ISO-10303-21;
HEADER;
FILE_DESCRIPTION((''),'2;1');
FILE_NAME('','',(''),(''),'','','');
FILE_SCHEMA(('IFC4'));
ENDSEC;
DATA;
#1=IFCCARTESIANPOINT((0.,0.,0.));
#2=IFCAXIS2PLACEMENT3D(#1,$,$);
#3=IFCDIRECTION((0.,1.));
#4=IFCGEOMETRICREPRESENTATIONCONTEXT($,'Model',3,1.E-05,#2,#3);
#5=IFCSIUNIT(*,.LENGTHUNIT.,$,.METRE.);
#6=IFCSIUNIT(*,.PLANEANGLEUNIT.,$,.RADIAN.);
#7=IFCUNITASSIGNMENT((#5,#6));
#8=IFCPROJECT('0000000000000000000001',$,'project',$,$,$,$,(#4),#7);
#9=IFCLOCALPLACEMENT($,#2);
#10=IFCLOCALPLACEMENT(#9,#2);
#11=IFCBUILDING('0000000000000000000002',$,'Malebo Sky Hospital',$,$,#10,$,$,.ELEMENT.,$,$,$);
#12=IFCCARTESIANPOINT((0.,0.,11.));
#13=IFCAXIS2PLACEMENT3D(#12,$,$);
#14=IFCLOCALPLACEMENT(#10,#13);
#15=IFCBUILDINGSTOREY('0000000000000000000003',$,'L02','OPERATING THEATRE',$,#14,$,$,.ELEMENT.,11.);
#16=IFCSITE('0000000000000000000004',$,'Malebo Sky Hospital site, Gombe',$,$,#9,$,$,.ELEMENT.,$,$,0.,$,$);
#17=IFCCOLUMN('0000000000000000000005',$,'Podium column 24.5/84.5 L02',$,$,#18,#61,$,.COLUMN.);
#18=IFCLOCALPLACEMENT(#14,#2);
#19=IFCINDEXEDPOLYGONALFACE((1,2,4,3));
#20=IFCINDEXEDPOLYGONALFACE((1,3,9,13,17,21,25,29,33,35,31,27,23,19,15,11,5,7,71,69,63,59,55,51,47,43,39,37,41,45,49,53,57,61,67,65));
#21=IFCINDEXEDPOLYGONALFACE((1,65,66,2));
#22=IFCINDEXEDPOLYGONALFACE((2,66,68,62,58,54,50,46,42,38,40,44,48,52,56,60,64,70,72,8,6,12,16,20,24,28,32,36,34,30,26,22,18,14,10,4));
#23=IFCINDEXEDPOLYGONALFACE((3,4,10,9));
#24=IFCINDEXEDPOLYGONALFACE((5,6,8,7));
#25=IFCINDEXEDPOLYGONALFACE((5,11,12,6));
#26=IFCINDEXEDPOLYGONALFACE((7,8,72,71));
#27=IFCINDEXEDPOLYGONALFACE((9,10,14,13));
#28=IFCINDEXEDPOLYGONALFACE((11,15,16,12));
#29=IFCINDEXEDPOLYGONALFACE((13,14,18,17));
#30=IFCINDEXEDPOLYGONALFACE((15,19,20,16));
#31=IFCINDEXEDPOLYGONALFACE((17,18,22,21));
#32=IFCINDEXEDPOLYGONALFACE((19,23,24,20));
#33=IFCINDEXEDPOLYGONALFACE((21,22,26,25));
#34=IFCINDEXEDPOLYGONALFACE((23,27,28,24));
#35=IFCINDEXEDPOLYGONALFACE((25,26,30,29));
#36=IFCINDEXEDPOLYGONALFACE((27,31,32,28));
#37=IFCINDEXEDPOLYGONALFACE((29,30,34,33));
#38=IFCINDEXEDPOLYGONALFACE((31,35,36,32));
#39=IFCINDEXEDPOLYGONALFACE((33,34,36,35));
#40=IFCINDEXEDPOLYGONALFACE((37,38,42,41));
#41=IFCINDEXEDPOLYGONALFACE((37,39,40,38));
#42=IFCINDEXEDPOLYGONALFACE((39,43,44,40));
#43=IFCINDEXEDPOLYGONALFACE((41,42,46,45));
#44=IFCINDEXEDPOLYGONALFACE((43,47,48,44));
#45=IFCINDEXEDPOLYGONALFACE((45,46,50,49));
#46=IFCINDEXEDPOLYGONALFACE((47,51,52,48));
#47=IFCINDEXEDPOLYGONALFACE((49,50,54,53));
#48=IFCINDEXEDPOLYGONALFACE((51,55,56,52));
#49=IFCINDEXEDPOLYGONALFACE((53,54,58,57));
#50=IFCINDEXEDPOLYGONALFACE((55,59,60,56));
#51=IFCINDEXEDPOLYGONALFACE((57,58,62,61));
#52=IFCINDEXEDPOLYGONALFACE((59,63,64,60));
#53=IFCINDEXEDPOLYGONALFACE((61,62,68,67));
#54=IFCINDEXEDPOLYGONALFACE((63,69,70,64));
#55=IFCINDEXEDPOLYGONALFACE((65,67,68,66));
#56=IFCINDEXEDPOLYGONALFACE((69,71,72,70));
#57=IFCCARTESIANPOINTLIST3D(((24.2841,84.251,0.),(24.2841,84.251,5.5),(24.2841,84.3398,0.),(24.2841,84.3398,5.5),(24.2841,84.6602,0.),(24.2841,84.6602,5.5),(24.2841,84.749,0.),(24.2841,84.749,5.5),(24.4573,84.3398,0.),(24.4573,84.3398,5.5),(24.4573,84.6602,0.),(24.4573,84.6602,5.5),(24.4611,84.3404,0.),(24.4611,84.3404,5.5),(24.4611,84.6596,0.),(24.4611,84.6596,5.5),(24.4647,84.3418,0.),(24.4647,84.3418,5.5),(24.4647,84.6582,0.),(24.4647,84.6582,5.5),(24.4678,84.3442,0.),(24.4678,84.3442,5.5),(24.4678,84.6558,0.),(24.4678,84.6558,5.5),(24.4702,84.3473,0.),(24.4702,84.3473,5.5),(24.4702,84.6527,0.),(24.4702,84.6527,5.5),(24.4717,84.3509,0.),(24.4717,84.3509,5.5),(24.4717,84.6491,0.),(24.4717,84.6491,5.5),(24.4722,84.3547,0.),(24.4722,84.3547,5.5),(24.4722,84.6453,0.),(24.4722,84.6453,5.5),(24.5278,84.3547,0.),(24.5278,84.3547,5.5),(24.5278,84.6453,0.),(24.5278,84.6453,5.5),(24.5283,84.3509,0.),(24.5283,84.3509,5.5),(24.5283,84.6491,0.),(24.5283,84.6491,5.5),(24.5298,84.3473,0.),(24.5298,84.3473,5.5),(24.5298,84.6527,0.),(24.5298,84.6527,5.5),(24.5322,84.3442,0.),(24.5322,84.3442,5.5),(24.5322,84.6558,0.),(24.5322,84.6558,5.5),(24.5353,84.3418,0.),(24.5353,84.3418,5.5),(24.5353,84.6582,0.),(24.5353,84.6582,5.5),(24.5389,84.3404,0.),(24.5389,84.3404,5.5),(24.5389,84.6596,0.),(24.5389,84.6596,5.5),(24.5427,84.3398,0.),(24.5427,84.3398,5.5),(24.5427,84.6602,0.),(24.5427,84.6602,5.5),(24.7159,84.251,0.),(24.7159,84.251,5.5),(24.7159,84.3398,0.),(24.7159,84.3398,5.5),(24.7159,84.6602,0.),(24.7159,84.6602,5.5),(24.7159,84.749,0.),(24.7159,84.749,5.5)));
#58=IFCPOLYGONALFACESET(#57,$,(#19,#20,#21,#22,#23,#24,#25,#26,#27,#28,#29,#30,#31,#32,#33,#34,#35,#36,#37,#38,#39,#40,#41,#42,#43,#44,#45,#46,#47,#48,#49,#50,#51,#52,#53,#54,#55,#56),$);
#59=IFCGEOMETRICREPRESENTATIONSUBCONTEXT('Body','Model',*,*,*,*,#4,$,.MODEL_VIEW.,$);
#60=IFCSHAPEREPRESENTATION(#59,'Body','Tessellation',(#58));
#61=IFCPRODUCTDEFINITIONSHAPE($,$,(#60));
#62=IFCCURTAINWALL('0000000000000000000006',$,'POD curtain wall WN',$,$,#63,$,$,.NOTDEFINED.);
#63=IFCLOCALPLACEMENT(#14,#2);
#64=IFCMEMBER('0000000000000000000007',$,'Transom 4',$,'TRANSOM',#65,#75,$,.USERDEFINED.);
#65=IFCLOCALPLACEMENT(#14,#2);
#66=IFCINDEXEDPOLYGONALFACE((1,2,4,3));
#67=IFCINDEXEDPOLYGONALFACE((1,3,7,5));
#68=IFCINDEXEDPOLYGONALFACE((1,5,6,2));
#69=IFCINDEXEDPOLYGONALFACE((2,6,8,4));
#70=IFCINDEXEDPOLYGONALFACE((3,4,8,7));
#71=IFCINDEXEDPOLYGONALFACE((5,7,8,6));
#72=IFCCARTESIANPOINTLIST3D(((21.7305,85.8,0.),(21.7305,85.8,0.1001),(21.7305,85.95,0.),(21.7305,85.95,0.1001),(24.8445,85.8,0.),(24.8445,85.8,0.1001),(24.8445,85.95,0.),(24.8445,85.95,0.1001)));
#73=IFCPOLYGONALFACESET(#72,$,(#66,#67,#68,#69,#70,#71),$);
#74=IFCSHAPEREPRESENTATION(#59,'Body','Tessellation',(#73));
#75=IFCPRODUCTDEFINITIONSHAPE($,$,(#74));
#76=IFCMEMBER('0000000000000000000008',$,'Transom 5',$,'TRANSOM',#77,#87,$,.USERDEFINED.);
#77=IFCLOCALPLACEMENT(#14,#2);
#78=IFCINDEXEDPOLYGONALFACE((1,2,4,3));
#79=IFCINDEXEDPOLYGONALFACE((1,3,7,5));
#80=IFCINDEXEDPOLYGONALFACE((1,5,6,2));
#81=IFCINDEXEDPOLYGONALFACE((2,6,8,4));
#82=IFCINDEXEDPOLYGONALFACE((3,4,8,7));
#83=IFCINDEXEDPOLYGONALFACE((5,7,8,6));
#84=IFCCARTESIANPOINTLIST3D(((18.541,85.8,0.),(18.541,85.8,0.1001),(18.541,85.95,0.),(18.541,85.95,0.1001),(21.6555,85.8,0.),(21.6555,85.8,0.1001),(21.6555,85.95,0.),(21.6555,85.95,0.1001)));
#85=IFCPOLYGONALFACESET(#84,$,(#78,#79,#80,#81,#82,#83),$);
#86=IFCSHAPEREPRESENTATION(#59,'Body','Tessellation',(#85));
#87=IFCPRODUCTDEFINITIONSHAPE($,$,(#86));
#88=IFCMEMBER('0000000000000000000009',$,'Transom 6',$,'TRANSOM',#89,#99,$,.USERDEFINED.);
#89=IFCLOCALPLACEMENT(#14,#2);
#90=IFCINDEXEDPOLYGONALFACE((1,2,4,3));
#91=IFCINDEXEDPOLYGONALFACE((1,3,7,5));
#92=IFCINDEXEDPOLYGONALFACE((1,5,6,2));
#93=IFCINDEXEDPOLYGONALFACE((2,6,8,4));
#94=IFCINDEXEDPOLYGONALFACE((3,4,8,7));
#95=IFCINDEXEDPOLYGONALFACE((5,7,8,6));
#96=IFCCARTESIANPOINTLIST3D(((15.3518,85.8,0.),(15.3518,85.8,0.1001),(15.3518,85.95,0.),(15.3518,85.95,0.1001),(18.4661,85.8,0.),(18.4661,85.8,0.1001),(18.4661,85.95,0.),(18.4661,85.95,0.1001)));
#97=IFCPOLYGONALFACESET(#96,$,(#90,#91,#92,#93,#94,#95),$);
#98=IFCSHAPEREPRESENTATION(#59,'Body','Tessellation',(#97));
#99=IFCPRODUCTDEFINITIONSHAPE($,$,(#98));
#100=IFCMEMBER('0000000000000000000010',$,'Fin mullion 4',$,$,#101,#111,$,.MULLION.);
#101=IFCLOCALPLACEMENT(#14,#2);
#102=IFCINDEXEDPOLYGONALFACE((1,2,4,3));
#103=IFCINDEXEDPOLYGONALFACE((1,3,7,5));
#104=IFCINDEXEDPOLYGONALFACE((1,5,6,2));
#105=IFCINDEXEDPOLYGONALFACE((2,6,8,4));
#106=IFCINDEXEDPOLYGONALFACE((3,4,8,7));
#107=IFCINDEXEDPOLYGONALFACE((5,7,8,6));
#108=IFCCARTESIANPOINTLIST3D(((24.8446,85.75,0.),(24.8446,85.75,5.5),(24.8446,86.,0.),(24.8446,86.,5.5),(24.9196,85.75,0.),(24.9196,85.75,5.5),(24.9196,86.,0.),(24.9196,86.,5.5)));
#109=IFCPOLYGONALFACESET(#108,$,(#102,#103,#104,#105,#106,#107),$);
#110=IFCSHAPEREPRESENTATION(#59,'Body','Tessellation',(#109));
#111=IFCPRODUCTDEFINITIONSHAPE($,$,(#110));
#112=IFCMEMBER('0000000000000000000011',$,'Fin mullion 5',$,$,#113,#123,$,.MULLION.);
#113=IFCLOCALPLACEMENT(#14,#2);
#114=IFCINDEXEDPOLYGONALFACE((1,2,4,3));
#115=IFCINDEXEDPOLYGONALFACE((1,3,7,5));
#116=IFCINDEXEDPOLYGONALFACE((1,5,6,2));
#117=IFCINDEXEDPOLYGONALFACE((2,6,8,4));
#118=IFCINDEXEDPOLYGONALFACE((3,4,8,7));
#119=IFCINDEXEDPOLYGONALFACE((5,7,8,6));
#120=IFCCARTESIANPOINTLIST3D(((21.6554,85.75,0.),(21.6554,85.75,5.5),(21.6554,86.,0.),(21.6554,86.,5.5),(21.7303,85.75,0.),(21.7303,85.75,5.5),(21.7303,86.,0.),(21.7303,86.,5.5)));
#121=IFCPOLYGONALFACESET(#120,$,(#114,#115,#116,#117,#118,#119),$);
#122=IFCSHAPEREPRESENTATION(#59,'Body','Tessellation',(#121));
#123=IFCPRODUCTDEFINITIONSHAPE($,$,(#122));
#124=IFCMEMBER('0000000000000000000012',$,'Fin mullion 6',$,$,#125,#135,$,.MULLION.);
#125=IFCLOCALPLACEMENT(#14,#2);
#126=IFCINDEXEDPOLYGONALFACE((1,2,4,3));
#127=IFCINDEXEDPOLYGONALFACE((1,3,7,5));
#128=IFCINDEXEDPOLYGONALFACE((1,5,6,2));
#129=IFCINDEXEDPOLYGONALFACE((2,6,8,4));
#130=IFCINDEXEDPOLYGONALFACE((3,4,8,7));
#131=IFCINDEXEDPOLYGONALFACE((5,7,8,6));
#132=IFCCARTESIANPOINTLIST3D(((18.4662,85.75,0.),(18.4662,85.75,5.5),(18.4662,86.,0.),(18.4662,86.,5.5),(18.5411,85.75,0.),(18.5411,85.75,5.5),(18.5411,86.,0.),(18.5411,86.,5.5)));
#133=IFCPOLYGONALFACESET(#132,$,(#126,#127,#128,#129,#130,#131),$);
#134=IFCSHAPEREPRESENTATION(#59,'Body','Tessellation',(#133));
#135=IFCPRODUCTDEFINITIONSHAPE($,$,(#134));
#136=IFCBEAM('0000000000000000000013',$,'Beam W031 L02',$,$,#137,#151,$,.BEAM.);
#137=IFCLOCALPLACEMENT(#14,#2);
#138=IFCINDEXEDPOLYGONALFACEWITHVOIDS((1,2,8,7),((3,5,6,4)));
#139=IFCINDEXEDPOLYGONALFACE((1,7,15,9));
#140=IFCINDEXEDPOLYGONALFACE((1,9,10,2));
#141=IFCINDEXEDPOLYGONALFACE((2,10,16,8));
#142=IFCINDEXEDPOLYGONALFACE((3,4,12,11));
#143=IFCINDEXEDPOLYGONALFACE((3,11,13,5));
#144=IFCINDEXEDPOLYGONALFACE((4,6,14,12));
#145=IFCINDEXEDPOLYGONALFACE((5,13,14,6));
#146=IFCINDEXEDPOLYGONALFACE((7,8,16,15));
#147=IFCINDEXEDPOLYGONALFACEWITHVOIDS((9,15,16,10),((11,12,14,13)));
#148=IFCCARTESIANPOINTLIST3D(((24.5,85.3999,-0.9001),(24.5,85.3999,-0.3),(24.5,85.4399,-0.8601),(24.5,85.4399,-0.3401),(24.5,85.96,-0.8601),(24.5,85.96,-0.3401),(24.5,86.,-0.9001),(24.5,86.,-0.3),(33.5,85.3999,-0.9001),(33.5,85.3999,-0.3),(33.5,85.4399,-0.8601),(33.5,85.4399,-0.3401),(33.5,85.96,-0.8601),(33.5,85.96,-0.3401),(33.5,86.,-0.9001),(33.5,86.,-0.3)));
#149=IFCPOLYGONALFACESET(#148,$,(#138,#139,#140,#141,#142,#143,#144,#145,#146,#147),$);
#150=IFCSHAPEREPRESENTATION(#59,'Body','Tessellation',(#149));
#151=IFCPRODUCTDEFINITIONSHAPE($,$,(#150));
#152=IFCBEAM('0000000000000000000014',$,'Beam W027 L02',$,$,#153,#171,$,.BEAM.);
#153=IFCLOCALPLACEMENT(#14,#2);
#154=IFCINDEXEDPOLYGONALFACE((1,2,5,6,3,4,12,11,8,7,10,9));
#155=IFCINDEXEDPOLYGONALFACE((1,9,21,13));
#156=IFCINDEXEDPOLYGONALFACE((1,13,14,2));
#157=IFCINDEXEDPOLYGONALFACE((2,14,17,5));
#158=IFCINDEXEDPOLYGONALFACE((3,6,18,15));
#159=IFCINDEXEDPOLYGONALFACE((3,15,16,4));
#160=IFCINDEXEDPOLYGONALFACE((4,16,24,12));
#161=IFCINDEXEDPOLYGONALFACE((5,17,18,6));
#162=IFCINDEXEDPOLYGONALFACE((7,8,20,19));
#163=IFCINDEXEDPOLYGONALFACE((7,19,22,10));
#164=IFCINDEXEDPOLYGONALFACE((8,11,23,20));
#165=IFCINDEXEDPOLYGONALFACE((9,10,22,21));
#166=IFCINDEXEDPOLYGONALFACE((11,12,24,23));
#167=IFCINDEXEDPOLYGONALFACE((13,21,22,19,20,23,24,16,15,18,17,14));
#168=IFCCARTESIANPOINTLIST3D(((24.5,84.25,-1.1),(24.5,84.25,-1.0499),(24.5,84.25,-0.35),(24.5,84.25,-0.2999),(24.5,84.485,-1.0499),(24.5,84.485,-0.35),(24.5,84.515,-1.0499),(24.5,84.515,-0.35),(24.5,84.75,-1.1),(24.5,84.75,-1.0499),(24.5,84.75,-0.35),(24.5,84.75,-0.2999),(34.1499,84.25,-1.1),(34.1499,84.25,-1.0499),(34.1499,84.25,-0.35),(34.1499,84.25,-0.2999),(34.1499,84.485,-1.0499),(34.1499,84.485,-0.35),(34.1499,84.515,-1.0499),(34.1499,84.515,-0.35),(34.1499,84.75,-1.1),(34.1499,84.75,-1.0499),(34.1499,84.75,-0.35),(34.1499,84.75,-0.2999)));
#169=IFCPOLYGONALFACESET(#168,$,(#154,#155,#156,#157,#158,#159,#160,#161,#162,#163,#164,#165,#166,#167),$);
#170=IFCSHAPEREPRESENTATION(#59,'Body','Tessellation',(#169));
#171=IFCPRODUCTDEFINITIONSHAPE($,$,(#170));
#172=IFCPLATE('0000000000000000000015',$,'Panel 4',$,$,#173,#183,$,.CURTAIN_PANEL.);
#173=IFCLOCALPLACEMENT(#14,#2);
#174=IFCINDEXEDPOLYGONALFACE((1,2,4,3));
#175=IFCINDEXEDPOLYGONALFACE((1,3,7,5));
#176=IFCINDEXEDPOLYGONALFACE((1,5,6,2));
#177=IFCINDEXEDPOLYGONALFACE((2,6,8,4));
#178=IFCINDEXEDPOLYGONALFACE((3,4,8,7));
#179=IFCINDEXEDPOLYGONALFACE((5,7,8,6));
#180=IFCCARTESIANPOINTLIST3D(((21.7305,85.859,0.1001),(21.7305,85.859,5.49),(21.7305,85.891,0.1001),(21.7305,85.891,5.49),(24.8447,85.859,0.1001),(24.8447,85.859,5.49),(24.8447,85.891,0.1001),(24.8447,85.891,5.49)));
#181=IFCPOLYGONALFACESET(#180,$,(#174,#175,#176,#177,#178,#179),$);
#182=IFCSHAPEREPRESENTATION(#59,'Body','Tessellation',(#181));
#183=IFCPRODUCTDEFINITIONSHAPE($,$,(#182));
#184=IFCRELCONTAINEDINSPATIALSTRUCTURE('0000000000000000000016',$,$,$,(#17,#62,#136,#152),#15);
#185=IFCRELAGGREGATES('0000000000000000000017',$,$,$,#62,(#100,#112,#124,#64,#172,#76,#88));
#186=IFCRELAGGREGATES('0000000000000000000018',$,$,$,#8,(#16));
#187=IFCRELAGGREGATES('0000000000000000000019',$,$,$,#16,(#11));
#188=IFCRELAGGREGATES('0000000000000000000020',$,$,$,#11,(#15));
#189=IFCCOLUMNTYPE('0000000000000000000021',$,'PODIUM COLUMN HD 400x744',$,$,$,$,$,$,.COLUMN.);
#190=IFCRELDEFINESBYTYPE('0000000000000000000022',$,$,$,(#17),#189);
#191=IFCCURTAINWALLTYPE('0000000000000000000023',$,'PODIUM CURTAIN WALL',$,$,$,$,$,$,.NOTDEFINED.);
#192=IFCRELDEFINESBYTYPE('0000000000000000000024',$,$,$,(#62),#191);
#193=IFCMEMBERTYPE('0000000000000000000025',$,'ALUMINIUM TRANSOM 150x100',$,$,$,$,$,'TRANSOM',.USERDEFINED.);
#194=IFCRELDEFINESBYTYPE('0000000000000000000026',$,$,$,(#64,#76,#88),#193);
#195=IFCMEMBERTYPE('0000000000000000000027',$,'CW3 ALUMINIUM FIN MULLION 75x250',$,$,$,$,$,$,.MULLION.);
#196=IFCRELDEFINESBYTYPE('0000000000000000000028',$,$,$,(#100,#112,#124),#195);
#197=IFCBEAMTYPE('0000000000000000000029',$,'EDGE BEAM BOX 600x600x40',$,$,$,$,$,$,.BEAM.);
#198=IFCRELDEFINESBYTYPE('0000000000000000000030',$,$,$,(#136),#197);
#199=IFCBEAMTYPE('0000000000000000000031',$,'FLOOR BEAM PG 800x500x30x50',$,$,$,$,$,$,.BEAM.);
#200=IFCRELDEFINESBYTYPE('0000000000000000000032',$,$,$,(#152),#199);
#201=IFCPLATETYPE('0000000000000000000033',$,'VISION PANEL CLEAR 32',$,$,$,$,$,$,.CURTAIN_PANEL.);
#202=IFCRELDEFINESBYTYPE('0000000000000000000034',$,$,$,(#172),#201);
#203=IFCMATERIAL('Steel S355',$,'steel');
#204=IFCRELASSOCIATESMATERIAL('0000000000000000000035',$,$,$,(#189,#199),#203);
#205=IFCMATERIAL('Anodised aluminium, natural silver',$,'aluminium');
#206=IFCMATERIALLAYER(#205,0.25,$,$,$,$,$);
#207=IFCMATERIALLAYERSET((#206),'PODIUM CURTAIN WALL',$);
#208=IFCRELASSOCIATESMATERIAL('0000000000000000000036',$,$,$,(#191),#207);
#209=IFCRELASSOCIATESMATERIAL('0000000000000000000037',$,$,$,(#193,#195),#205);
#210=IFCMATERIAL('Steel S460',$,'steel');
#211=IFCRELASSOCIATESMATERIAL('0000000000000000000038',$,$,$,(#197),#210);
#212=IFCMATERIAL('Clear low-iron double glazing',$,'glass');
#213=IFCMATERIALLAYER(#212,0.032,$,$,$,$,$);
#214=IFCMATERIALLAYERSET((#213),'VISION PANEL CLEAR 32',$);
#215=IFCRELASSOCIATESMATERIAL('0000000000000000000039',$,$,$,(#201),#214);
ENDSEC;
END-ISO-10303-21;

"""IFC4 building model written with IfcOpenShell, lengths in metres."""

from ifc_helpers import new_model, si_unit, direction, frame, origin, origin_2d, place, context, subcontext, project, spatial, rectangle, hollow_rectangle, i_section, extrude, material, layer, layer_set, material_profile, profile_set, type_object, element, aggregate, save


model = new_model("IFC4")

# Units and contexts
model_context = context("Model", 3, precision=1e-05, world=origin(), true_north=direction((0.0, 1.0)))
body_context = subcontext(model_context, "Body", "Model", "MODEL_VIEW")
ifc_project = project(units=[si_unit("LENGTHUNIT", "METRE"), si_unit("PLANEANGLEUNIT", "RADIAN")], contexts=[model_context])

# Site, building, storey
site_placement = place(None, origin())
site = spatial("IfcSite", under=ifc_project, at=site_placement, Name="Malebo Sky Hospital site, Gombe", CompositionType="ELEMENT", RefElevation=0.0)
building_placement = place(site_placement, origin())
building = spatial("IfcBuilding", under=site, at=building_placement, Name="Malebo Sky Hospital", CompositionType="ELEMENT")
storey_placement = place(building_placement, frame((0.0, 0.0, 11.0)))
storey = spatial("IfcBuildingStorey", under=building, at=storey_placement, Name="L02", Description="OPERATING THEATRE", CompositionType="ELEMENT", Elevation=11.0)

# Column
ifc_material_1 = material(Name="Steel S355", Category="steel")
ifc_material_profile_1 = material_profile(ifc_material_1, i_section(OverallWidth=0.4319, OverallDepth=0.498, WebThickness=0.0557, FlangeThickness=0.0889, FilletRadius=0.0149, at=origin_2d()), Name="HD 400x744")
ifc_profile_set_1 = profile_set([ifc_material_profile_1], Name="Steel S355")
column_type = type_object("IfcColumnType", Name="PODIUM COLUMN HD 400x744", PredefinedType="COLUMN", material=ifc_profile_set_1)
column_placement = place(storey_placement, frame((24.5, 84.5, 0.0), z_axis=(0.0, 0.0, 1.0), x_axis=(1.0, 0.0, 0.0)))
element("IfcColumn", 1, at=column_placement, inside=storey, type_object=column_type, Name="Podium column 24.5/84.5 L02", PredefinedType="COLUMN", context=body_context, shape_type="SweptSolid", body=[
    extrude(i_section(OverallWidth=0.4319, OverallDepth=0.498, WebThickness=0.0557, FlangeThickness=0.0889, FilletRadius=0.0149, at=origin_2d()), origin(), (0.0, 0.0, 1.0), 5.5),
])

# Curtain wall, members
ifc_material_2 = material(Name="Anodised aluminium, natural silver", Category="aluminium")
ifc_layer_1 = layer(ifc_material_2, 0.25)
ifc_layer_set_1 = layer_set([ifc_layer_1], Name="PODIUM CURTAIN WALL")
curtain_wall_type = type_object("IfcCurtainWallType", Name="PODIUM CURTAIN WALL", PredefinedType="NOTDEFINED", material=ifc_layer_set_1)
curtain_wall_placement = place(storey_placement, origin())
curtain_wall = element("IfcCurtainWall", 2, at=curtain_wall_placement, inside=storey, type_object=curtain_wall_type, Name="POD curtain wall WN", PredefinedType="NOTDEFINED")
ifc_material_profile_2 = material_profile(ifc_material_2, rectangle(XDim=0.1499, YDim=0.1001, at=origin_2d()), Name="ALUMINIUM TRANSOM 150x100")
ifc_profile_set_2 = profile_set([ifc_material_profile_2], Name="Anodised aluminium, natural silver")
member_type_1 = type_object("IfcMemberType", Name="ALUMINIUM TRANSOM 150x100", ElementType="TRANSOM", PredefinedType="USERDEFINED", material=ifc_profile_set_2)
member_1_placement = place(storey_placement, frame((24.8445, 85.875, 0.05), z_axis=(-1.0, 0.0, 0.0), x_axis=(0.0, -1.0, 0.0)))
member_1 = element("IfcMember", 3, at=member_1_placement, type_object=member_type_1, Name="Transom 4", ObjectType="TRANSOM", PredefinedType="USERDEFINED", context=body_context, shape_type="SweptSolid", body=[
    extrude(rectangle(XDim=0.1499, YDim=0.1001, at=origin_2d()), origin(), (0.0, 0.0, 1.0), 3.114),
])
member_2_placement = place(storey_placement, frame((21.6555, 85.875, 0.05), z_axis=(-1.0, 0.0, 0.0), x_axis=(0.0, -1.0, 0.0)))
member_2 = element("IfcMember", 4, at=member_2_placement, type_object=member_type_1, Name="Transom 5", ObjectType="TRANSOM", PredefinedType="USERDEFINED", context=body_context, shape_type="SweptSolid", body=[
    extrude(rectangle(XDim=0.1499, YDim=0.1001, at=origin_2d()), origin(), (0.0, 0.0, 1.0), 3.1145),
])
member_3_placement = place(storey_placement, frame((18.4661, 85.875, 0.05), z_axis=(-1.0, 0.0, 0.0), x_axis=(0.0, -1.0, 0.0)))
member_3 = element("IfcMember", 5, at=member_3_placement, type_object=member_type_1, Name="Transom 6", ObjectType="TRANSOM", PredefinedType="USERDEFINED", context=body_context, shape_type="SweptSolid", body=[
    extrude(rectangle(XDim=0.1499, YDim=0.1001, at=origin_2d()), origin(), (0.0, 0.0, 1.0), 3.1143),
])
ifc_material_profile_3 = material_profile(ifc_material_2, rectangle(XDim=0.075, YDim=0.25, at=origin_2d()), Name="CW3 ALUMINIUM FIN MULLION 75x250")
ifc_profile_set_3 = profile_set([ifc_material_profile_3], Name="Anodised aluminium, natural silver")
member_type_2 = type_object("IfcMemberType", Name="CW3 ALUMINIUM FIN MULLION 75x250", PredefinedType="MULLION", material=ifc_profile_set_3)
member_4_placement = place(storey_placement, frame((24.8821, 85.875, 0.0), z_axis=(0.0, 0.0, 1.0), x_axis=(-1.0, 0.0, 0.0)))
member_4 = element("IfcMember", 6, at=member_4_placement, type_object=member_type_2, Name="Fin mullion 4", PredefinedType="MULLION", context=body_context, shape_type="SweptSolid", body=[
    extrude(rectangle(XDim=0.075, YDim=0.25, at=origin_2d()), origin(), (0.0, 0.0, 1.0), 5.5),
])
member_5_placement = place(storey_placement, frame((21.6929, 85.875, 0.0), z_axis=(0.0, 0.0, 1.0), x_axis=(-1.0, 0.0, 0.0)))
member_5 = element("IfcMember", 7, at=member_5_placement, type_object=member_type_2, Name="Fin mullion 5", PredefinedType="MULLION", context=body_context, shape_type="SweptSolid", body=[
    extrude(rectangle(XDim=0.075, YDim=0.25, at=origin_2d()), origin(), (0.0, 0.0, 1.0), 5.5),
])
member_6_placement = place(storey_placement, frame((18.5037, 85.875, 0.0), z_axis=(0.0, 0.0, 1.0), x_axis=(-1.0, 0.0, 0.0)))
member_6 = element("IfcMember", 8, at=member_6_placement, type_object=member_type_2, Name="Fin mullion 6", PredefinedType="MULLION", context=body_context, shape_type="SweptSolid", body=[
    extrude(rectangle(XDim=0.075, YDim=0.25, at=origin_2d()), origin(), (0.0, 0.0, 1.0), 5.5),
])

# Beams
ifc_material_3 = material(Name="Steel S460", Category="steel")
ifc_material_profile_4 = material_profile(ifc_material_3, hollow_rectangle(XDim=0.6001, YDim=0.6001, WallThickness=0.04, at=origin_2d()), Name="BOX 600x600x40")
ifc_profile_set_4 = profile_set([ifc_material_profile_4], Name="Steel S460")
beam_type_1 = type_object("IfcBeamType", Name="EDGE BEAM BOX 600x600x40", PredefinedType="BEAM", material=ifc_profile_set_4)
beam_1_placement = place(storey_placement, frame((24.5, 85.7, -0.6001), z_axis=(1.0, 0.0, 0.0), x_axis=(0.0, 1.0, 0.0)))
element("IfcBeam", 9, at=beam_1_placement, inside=storey, type_object=beam_type_1, Name="Beam W031 L02", PredefinedType="BEAM", context=body_context, shape_type="SweptSolid", body=[
    extrude(hollow_rectangle(XDim=0.6001, YDim=0.6001, WallThickness=0.04, at=origin_2d()), origin(), (0.0, 0.0, 1.0), 9.0),
])
ifc_material_profile_5 = material_profile(ifc_material_1, i_section(OverallWidth=0.5, OverallDepth=0.8, WebThickness=0.03, FlangeThickness=0.05, at=origin_2d()), Name="PG 800x500x30x50")
ifc_profile_set_5 = profile_set([ifc_material_profile_5], Name="Steel S355")
beam_type_2 = type_object("IfcBeamType", Name="FLOOR BEAM PG 800x500x30x50", PredefinedType="BEAM", material=ifc_profile_set_5)
beam_2_placement = place(storey_placement, frame((24.5, 84.5, -0.7), z_axis=(1.0, 0.0, 0.0), x_axis=(0.0, 1.0, 0.0)))
element("IfcBeam", 10, at=beam_2_placement, inside=storey, type_object=beam_type_2, Name="Beam W027 L02", PredefinedType="BEAM", context=body_context, shape_type="SweptSolid", body=[
    extrude(i_section(OverallWidth=0.5, OverallDepth=0.8, WebThickness=0.03, FlangeThickness=0.05, at=origin_2d()), origin(), (0.0, 0.0, 1.0), 9.6499),
])

# Plate
ifc_material_4 = material(Name="Clear low-iron double glazing", Category="glass")
ifc_layer_2 = layer(ifc_material_4, 0.032)
ifc_layer_set_2 = layer_set([ifc_layer_2], Name="VISION PANEL CLEAR 32")
plate_type = type_object("IfcPlateType", Name="VISION PANEL CLEAR 32", PredefinedType="CURTAIN_PANEL", material=ifc_layer_set_2)
plate_1_placement = place(storey_placement, frame((23.2876, 85.875, 0.1001), z_axis=(0.0, 0.0, 1.0), x_axis=(-1.0, 0.0, 0.0)))
plate_1 = element("IfcPlate", 11, at=plate_1_placement, type_object=plate_type, Name="Panel 4", PredefinedType="CURTAIN_PANEL", context=body_context, shape_type="SweptSolid", body=[
    extrude(rectangle(XDim=3.1143, YDim=0.032, at=origin_2d()), origin(), (0.0, 0.0, 1.0), 5.3899),
])
aggregate(curtain_wall, [member_4, member_5, member_6, member_1, plate_1, member_2, member_3])

save(model, "model.ifc")
